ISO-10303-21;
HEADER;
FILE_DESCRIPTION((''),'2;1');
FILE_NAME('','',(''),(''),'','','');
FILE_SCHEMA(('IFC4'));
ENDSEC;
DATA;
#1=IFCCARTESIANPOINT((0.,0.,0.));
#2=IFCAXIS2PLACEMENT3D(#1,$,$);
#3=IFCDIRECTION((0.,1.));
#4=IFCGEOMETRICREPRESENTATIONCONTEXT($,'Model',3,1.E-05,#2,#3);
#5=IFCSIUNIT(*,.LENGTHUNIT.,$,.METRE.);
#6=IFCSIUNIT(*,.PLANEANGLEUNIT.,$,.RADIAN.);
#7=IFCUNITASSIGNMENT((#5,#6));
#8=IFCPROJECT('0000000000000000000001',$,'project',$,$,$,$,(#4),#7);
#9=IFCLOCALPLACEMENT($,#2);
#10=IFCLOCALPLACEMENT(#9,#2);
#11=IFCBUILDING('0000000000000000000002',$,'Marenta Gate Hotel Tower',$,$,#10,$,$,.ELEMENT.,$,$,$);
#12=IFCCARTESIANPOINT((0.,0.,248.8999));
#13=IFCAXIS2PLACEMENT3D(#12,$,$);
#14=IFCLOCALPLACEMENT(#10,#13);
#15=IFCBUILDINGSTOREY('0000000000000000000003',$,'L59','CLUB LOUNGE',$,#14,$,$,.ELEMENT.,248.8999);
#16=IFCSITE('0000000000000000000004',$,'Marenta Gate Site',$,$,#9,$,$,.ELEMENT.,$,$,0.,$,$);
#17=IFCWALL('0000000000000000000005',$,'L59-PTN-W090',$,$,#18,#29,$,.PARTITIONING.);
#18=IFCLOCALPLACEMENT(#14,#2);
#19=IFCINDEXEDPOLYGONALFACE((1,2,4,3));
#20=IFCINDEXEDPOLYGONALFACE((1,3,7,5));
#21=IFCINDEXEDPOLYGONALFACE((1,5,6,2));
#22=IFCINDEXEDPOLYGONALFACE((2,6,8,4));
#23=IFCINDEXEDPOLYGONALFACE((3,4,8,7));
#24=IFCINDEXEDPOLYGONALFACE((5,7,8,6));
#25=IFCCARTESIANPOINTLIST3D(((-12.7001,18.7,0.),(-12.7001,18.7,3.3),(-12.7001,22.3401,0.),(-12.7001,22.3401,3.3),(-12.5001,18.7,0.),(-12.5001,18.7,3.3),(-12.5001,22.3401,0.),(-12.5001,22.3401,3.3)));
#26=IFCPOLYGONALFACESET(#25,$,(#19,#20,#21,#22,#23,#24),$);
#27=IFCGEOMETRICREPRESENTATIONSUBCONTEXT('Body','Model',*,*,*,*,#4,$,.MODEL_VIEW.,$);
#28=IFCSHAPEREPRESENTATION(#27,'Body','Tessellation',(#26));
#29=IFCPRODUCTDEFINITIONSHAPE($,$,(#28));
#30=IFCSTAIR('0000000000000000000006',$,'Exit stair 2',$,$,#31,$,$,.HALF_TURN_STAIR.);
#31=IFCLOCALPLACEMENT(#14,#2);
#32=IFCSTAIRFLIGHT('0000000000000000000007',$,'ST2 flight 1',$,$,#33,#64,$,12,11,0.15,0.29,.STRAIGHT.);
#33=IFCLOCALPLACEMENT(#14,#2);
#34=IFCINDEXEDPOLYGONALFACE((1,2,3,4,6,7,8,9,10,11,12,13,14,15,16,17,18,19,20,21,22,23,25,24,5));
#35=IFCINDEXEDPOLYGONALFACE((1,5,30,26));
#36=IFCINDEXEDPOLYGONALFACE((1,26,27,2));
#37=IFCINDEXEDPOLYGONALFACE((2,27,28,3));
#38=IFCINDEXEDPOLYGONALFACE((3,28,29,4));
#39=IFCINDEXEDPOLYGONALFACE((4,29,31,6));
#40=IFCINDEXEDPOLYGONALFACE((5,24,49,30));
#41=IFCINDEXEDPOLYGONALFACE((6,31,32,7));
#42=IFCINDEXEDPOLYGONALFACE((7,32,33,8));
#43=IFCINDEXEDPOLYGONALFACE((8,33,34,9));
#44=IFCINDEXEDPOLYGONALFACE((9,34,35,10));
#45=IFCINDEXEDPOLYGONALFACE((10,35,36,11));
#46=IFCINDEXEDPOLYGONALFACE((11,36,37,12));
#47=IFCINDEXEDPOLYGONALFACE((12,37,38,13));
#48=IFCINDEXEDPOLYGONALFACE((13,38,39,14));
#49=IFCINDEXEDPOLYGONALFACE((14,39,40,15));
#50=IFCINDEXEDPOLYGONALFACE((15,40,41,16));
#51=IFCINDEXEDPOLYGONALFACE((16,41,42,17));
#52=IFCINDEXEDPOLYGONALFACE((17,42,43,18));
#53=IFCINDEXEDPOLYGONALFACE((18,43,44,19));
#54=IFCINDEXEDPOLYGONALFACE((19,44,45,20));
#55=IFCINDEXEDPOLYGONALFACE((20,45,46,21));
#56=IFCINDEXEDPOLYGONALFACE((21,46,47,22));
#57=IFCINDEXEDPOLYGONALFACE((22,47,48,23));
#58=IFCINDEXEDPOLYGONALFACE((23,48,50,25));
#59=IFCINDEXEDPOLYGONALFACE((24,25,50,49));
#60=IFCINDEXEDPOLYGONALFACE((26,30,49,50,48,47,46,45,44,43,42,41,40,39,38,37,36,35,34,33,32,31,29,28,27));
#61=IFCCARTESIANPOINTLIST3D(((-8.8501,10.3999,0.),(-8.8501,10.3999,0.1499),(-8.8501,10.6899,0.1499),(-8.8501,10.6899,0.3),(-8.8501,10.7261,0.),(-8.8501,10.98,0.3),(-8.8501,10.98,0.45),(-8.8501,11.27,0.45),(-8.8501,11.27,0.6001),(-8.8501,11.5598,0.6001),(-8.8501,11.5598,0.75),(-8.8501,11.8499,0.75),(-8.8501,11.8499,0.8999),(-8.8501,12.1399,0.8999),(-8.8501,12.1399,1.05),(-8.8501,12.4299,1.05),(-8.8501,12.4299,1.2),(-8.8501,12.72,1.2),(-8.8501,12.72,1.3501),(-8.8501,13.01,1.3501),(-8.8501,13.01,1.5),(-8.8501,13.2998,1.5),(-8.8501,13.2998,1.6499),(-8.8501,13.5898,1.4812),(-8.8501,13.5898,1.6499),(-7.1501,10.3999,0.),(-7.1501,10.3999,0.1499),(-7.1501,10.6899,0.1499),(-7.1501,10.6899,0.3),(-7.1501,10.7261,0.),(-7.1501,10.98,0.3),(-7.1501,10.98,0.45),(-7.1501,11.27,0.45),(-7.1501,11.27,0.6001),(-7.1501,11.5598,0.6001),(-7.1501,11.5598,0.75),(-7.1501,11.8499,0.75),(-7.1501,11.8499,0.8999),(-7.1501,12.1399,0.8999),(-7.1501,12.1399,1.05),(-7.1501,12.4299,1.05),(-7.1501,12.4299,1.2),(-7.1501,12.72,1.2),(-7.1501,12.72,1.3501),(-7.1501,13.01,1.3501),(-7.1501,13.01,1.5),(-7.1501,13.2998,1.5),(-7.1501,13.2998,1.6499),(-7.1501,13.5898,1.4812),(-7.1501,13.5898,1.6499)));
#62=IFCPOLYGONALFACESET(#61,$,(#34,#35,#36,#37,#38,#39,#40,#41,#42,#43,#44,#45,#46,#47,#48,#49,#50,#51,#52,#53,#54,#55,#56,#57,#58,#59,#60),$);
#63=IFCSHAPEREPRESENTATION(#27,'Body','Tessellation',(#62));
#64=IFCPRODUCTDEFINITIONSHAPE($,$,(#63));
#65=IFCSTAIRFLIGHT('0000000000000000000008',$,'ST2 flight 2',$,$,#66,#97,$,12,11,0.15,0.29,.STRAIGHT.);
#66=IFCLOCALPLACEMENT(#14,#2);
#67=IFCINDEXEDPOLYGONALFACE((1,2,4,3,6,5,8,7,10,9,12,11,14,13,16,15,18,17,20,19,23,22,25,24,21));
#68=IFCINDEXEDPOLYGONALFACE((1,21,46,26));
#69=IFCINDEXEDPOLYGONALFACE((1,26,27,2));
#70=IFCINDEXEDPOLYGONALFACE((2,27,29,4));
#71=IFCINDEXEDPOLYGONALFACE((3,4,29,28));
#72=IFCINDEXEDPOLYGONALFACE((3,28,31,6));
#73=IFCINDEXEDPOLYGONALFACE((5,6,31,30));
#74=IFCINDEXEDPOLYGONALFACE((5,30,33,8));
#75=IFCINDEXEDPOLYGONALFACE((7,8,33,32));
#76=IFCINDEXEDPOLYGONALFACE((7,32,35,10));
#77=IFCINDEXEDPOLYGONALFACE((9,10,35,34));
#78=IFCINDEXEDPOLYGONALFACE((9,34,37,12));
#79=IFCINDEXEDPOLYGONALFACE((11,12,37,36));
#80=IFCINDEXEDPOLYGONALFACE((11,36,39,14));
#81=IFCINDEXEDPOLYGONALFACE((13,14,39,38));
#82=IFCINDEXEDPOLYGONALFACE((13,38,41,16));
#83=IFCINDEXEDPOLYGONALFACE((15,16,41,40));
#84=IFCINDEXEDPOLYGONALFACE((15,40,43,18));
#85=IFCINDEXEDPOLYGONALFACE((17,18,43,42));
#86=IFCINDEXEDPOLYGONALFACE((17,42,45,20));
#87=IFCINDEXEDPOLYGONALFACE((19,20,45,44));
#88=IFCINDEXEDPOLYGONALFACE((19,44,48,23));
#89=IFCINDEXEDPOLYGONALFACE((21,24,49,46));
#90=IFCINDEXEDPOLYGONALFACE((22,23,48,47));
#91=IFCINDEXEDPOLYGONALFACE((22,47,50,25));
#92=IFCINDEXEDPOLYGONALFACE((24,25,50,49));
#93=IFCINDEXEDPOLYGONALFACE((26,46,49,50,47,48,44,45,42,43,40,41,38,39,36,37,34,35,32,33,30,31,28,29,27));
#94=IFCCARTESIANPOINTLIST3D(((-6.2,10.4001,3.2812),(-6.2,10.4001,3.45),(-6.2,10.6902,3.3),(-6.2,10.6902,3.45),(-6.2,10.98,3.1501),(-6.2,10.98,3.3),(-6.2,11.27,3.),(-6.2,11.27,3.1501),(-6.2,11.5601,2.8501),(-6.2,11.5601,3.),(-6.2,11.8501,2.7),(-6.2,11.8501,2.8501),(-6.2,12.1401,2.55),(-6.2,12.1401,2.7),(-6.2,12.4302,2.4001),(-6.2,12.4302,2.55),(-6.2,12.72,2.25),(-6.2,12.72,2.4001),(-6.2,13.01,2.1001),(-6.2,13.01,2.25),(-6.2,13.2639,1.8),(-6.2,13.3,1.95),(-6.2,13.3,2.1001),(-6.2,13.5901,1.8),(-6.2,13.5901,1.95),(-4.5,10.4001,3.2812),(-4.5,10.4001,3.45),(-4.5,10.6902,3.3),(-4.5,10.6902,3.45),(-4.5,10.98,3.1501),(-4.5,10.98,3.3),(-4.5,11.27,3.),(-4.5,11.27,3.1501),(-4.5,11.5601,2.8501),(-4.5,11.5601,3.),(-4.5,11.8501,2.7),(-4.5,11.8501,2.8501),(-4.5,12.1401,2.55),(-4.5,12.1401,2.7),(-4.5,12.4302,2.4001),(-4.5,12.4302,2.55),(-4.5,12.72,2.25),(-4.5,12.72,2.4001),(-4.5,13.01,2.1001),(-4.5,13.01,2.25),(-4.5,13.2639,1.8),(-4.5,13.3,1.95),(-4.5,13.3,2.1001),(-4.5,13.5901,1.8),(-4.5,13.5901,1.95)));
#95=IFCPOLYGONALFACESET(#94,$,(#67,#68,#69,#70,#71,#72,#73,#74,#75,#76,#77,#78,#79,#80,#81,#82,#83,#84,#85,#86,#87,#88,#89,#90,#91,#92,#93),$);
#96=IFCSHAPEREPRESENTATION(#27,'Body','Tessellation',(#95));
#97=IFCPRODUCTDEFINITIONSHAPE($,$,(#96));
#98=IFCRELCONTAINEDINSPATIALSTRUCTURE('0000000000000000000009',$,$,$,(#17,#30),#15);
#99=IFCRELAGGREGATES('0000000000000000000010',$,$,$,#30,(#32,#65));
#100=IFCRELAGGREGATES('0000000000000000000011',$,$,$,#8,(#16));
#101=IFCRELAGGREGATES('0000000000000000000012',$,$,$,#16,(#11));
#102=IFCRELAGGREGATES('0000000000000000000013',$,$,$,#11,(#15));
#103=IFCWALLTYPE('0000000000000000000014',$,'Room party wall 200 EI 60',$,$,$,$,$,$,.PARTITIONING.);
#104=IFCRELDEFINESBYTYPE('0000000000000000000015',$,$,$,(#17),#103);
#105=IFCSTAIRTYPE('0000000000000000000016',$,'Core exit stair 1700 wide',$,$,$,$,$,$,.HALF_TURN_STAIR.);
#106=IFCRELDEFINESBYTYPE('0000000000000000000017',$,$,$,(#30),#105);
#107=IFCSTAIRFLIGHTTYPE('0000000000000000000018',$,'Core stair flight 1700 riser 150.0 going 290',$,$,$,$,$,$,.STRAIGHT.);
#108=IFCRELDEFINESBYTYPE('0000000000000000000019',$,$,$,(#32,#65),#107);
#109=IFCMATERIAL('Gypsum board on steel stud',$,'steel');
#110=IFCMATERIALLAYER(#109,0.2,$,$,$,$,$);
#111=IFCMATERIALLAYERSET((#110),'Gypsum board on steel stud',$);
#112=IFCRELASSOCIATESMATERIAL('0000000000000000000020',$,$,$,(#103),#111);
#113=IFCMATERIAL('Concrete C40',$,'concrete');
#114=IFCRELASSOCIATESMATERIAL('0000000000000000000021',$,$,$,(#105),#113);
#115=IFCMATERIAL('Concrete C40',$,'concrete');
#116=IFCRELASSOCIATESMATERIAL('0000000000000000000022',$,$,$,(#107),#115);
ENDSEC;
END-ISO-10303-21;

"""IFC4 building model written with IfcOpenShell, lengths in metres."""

from ifc_helpers import new_model, si_unit, direction, frame, frame_2d, origin, place, context, subcontext, project, spatial, polyline, rectangle, outline, extrude, material, layer, layer_set, type_object, element, aggregate, save


model = new_model("IFC4")

# Units and contexts
model_context = context("Model", 3, precision=1e-05, world=origin(), true_north=direction((0.0, 1.0)))
body_context = subcontext(model_context, "Body", "Model", "MODEL_VIEW")
ifc_project = project(units=[si_unit("LENGTHUNIT", "METRE"), si_unit("PLANEANGLEUNIT", "RADIAN")], contexts=[model_context])

# Site, building, storey
site_placement = place(None, origin())
site = spatial("IfcSite", under=ifc_project, at=site_placement, Name="Marenta Gate Site", CompositionType="ELEMENT", RefElevation=0.0)
building_placement = place(site_placement, origin())
building = spatial("IfcBuilding", under=site, at=building_placement, Name="Marenta Gate Hotel Tower", CompositionType="ELEMENT")
storey_placement = place(building_placement, frame((0.0, 0.0, 248.8999)))
storey = spatial("IfcBuildingStorey", under=building, at=storey_placement, Name="L59", Description="CLUB LOUNGE", CompositionType="ELEMENT", Elevation=248.8999)

# Wall
ifc_material_1 = material(Name="Gypsum board on steel stud", Category="steel")
ifc_layer_1 = layer(ifc_material_1, 0.2)
ifc_layer_set_1 = layer_set([ifc_layer_1], Name="Gypsum board on steel stud")
wall_type_1 = type_object("IfcWallType", Name="Room party wall 200 EI 60", PredefinedType="PARTITIONING", material=ifc_layer_set_1)
wall_1_placement = place(storey_placement, frame((-12.6001, 18.7, 0.0), z_axis=(0.0, 0.0, 1.0), x_axis=(0.0, 1.0, 0.0)))
element("IfcWall", 1, at=wall_1_placement, inside=storey, type_object=wall_type_1, Name="L59-PTN-W090", PredefinedType="PARTITIONING", context=body_context, shape_type="SweptSolid", body=[
    extrude(rectangle(XDim=3.6401, YDim=0.2, at=frame_2d((1.8201, 0.0))), origin(), (0.0, 0.0, 1.0), 3.3),
])

# Stair, stair flights
ifc_material_2 = material(Name="Concrete C40", Category="concrete")
stair_type = type_object("IfcStairType", Name="Core exit stair 1700 wide", PredefinedType="HALF_TURN_STAIR", material=ifc_material_2)
stair_placement = place(storey_placement, origin())
stair = element("IfcStair", 2, at=stair_placement, inside=storey, type_object=stair_type, Name="Exit stair 2", PredefinedType="HALF_TURN_STAIR")
ifc_material_3 = material(Name="Concrete C40", Category="concrete")
stair_flight_type = type_object("IfcStairFlightType", Name="Core stair flight 1700 riser 150.0 going 290", PredefinedType="STRAIGHT", material=ifc_material_3)
stair_flight_1_placement = place(storey_placement, frame((-8.0, 10.3999, 0.0), z_axis=(0.0, 0.0, 1.0), x_axis=(0.0, 1.0, 0.0)))
stair_flight_1 = element("IfcStairFlight", 3, at=stair_flight_1_placement, type_object=stair_flight_type, Name="ST2 flight 1", NumberOfRisers=12, NumberOfTreads=11, PredefinedType="STRAIGHT", RiserHeight=0.15, TreadLength=0.29, context=body_context, shape_type="SweptSolid", body=[
    extrude(outline(polyline([(0.0, 0.0), (0.0, 0.1499), (0.29, 0.1499), (0.29, 0.3), (0.5801, 0.3), (0.5801, 0.45), (0.8701, 0.45), (0.8701, 0.6001), (1.1599, 0.6001), (1.1599, 0.75), (1.45, 0.75), (1.45, 0.8999), (1.74, 0.8999), (1.74, 1.05), (2.03, 1.05), (2.03, 1.2), (2.3201, 1.2), (2.3201, 1.3501), (2.6101, 1.3501), (2.6101, 1.5), (2.8999, 1.5), (2.8999, 1.6499), (3.1899, 1.6499), (3.1899, 1.8), (3.1899, 1.4812), (0.3262, 0.0), (0.0, 0.0)])), frame((0.0, 0.8501, 0.0), z_axis=(0.0, -1.0, 0.0), x_axis=(1.0, 0.0, 0.0)), (0.0, 0.0, 1.0), 1.7),
])
stair_flight_2_placement = place(storey_placement, frame((-5.3501, 13.5901, 1.8), z_axis=(0.0, 0.0, 1.0), x_axis=(0.0, -1.0, 0.0)))
stair_flight_2 = element("IfcStairFlight", 4, at=stair_flight_2_placement, type_object=stair_flight_type, Name="ST2 flight 2", NumberOfRisers=12, NumberOfTreads=11, PredefinedType="STRAIGHT", RiserHeight=0.15, TreadLength=0.29, context=body_context, shape_type="SweptSolid", body=[
    extrude(outline(polyline([(0.0, 0.0), (0.0, 0.1499), (0.29, 0.1499), (0.29, 0.3), (0.5801, 0.3), (0.5801, 0.45), (0.8701, 0.45), (0.8701, 0.6001), (1.1599, 0.6001), (1.1599, 0.75), (1.45, 0.75), (1.45, 0.8999), (1.74, 0.8999), (1.74, 1.05), (2.03, 1.05), (2.03, 1.2), (2.3201, 1.2), (2.3201, 1.3501), (2.6101, 1.3501), (2.6101, 1.5), (2.8999, 1.5), (2.8999, 1.6499), (3.1899, 1.6499), (3.1899, 1.8), (3.1899, 1.4812), (0.3262, 0.0), (0.0, 0.0)])), frame((0.0, 0.8501, 0.0), z_axis=(0.0, -1.0, 0.0), x_axis=(1.0, 0.0, 0.0)), (0.0, 0.0, 1.0), 1.7),
])
aggregate(stair, [stair_flight_1, stair_flight_2])

save(model, "model.ifc")
